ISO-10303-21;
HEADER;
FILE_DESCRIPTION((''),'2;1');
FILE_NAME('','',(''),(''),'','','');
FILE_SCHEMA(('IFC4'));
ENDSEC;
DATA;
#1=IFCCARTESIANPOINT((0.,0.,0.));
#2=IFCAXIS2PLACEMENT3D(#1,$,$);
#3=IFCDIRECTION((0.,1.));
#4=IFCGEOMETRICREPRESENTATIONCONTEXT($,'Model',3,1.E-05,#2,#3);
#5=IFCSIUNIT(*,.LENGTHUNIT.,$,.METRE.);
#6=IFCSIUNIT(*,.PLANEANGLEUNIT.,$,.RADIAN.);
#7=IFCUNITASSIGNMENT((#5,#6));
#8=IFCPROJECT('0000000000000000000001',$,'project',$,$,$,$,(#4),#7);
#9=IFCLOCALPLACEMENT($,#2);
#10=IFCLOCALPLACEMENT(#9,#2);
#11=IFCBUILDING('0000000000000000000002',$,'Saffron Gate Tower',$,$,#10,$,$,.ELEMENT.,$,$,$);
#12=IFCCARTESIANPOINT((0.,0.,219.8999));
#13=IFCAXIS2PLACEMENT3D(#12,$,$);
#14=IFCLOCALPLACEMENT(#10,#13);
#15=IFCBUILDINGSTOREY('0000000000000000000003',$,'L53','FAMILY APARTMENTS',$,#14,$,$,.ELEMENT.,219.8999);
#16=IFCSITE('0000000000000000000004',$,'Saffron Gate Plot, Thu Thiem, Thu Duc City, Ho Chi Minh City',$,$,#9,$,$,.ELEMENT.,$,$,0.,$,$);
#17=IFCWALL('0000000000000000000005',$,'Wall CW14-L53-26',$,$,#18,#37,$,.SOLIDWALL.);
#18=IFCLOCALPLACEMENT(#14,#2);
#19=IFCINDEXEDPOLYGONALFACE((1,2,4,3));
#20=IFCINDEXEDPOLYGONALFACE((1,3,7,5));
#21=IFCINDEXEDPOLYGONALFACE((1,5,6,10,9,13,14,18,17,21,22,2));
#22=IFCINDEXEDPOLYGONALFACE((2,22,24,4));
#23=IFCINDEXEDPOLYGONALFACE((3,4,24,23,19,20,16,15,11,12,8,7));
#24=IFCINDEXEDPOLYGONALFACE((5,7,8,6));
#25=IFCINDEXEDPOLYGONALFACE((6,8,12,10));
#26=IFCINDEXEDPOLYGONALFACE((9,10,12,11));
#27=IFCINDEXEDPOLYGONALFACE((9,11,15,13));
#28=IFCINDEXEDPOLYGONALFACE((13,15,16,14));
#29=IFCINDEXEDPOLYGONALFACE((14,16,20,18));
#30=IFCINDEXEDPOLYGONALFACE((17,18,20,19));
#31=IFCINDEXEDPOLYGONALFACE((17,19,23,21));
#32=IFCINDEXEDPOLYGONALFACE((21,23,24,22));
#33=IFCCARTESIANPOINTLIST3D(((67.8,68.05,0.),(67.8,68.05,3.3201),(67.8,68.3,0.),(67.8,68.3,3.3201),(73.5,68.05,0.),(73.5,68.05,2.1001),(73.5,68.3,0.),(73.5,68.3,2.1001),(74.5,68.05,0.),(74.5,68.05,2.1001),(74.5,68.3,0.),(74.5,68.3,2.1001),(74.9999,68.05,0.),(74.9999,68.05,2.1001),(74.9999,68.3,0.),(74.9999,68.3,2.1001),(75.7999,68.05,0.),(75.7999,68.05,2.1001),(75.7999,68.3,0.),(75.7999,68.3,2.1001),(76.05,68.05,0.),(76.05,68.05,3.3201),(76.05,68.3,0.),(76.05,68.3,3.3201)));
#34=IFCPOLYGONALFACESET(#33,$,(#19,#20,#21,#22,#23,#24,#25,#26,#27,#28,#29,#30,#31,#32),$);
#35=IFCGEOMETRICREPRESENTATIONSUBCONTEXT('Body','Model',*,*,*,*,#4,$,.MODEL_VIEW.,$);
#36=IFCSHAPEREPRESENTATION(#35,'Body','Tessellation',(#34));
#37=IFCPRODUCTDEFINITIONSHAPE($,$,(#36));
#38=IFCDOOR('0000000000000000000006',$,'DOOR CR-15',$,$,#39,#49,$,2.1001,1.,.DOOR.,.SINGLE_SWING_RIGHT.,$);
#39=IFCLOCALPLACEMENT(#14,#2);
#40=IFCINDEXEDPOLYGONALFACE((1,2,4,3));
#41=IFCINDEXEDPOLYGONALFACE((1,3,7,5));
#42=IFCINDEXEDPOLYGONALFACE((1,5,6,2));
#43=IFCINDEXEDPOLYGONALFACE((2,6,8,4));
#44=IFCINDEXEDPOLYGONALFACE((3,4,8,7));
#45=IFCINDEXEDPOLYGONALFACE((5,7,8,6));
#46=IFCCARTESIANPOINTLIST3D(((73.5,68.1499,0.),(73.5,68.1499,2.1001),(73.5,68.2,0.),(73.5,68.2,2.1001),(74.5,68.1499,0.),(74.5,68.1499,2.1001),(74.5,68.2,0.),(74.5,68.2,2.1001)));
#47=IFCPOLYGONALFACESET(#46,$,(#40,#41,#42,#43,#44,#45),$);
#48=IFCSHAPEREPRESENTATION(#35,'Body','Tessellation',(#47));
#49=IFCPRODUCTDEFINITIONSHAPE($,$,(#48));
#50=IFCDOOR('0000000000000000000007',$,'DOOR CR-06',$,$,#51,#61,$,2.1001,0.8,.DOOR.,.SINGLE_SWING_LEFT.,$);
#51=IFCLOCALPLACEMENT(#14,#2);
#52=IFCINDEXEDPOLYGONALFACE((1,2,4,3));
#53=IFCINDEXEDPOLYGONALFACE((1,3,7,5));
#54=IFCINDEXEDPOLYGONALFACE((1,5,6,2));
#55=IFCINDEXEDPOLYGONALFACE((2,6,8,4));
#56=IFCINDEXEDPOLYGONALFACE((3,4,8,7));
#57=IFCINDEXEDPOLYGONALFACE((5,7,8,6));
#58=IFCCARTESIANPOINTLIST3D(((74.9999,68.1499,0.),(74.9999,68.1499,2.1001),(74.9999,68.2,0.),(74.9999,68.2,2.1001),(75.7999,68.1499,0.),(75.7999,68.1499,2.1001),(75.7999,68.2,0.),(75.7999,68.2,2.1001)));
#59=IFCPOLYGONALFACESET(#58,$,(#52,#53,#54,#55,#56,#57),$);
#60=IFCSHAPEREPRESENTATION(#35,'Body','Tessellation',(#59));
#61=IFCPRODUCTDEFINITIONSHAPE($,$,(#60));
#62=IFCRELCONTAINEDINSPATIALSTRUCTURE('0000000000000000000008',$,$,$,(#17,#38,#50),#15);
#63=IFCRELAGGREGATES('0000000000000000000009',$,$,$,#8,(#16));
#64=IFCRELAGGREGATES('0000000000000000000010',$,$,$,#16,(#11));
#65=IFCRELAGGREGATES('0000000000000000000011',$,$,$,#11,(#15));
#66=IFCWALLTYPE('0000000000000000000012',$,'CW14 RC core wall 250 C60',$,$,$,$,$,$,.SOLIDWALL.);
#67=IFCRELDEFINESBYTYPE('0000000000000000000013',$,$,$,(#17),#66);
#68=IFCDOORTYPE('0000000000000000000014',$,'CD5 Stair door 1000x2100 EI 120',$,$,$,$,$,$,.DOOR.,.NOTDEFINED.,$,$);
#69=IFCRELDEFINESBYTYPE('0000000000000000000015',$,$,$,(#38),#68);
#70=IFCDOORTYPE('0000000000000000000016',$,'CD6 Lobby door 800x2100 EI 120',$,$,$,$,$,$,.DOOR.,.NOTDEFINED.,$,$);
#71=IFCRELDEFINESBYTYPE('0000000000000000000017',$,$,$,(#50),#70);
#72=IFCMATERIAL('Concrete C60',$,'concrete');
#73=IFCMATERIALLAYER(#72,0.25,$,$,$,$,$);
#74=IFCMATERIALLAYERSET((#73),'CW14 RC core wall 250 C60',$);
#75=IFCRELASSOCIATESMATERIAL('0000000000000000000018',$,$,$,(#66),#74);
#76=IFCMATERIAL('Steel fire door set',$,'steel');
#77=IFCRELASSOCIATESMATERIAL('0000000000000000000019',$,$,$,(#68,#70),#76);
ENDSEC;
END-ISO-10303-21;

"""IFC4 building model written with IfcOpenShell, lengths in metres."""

from ifc_helpers import new_model, si_unit, direction, frame, frame_2d, origin, place, context, subcontext, project, spatial, rectangle, extrude, material, layer, layer_set, type_object, element, fill, save


model = new_model("IFC4")

# Units and contexts
model_context = context("Model", 3, precision=1e-05, world=origin(), true_north=direction((0.0, 1.0)))
body_context = subcontext(model_context, "Body", "Model", "MODEL_VIEW")
ifc_project = project(units=[si_unit("LENGTHUNIT", "METRE"), si_unit("PLANEANGLEUNIT", "RADIAN")], contexts=[model_context])

# Site, building, storey
site_placement = place(None, origin())
site = spatial("IfcSite", under=ifc_project, at=site_placement, Name="Saffron Gate Plot, Thu Thiem, Thu Duc City, Ho Chi Minh City", CompositionType="ELEMENT", RefElevation=0.0)
building_placement = place(site_placement, origin())
building = spatial("IfcBuilding", under=site, at=building_placement, Name="Saffron Gate Tower", CompositionType="ELEMENT")
storey_placement = place(building_placement, frame((0.0, 0.0, 219.8999)))
storey = spatial("IfcBuildingStorey", under=building, at=storey_placement, Name="L53", Description="FAMILY APARTMENTS", CompositionType="ELEMENT", Elevation=219.8999)

# Wall, openings, doors
ifc_material_1 = material(Name="Concrete C60", Category="concrete")
ifc_layer_1 = layer(ifc_material_1, 0.25)
ifc_layer_set_1 = layer_set([ifc_layer_1], Name="CW14 RC core wall 250 C60")
wall_type_1 = type_object("IfcWallType", Name="CW14 RC core wall 250 C60", PredefinedType="SOLIDWALL", material=ifc_layer_set_1)
wall_1_placement = place(storey_placement, frame((67.8, 68.175, 0.0), z_axis=(0.0, 0.0, 1.0), x_axis=(1.0, 0.0, 0.0)))
wall_1 = element("IfcWall", 1, at=wall_1_placement, inside=storey, type_object=wall_type_1, Name="Wall CW14-L53-26", PredefinedType="SOLIDWALL", context=body_context, shape_type="SweptSolid", body=[
    extrude(rectangle(XDim=8.25, YDim=0.25, at=frame_2d((4.125, 0.0))), origin(), (0.0, 0.0, 1.0), 3.3201),
])
opening_1_placement = place(wall_1_placement, frame((5.7, 0.0, 0.0)))
opening_1 = element("IfcOpeningElement", 2, at=opening_1_placement, cuts=wall_1, PredefinedType="OPENING", context=body_context, shape_type="SweptSolid", body=[
    extrude(rectangle(XDim=1.0, YDim=2.1001, at=frame_2d((0.5, 1.05))), frame((0.0, 0.135, 0.0), z_axis=(0.0, -1.0, 0.0), x_axis=(1.0, 0.0, 0.0)), (0.0, 0.0, 1.0), 0.27),
])
opening_2_placement = place(wall_1_placement, frame((7.2, 0.0, 0.0)))
opening_2 = element("IfcOpeningElement", 3, at=opening_2_placement, cuts=wall_1, PredefinedType="OPENING", context=body_context, shape_type="SweptSolid", body=[
    extrude(rectangle(XDim=0.8, YDim=2.1001, at=frame_2d((0.3999, 1.05))), frame((0.0, 0.135, 0.0), z_axis=(0.0, -1.0, 0.0), x_axis=(1.0, 0.0, 0.0)), (0.0, 0.0, 1.0), 0.27),
])
ifc_material_2 = material(Name="Steel fire door set", Category="steel")
door_type_1 = type_object("IfcDoorType", Name="CD5 Stair door 1000x2100 EI 120", OperationType="NOTDEFINED", PredefinedType="DOOR", material=ifc_material_2)
door_1_placement = place(opening_1_placement, origin())
door_1 = element("IfcDoor", 4, at=door_1_placement, inside=storey, type_object=door_type_1, Name="DOOR CR-15", OperationType="SINGLE_SWING_RIGHT", OverallHeight=2.1001, OverallWidth=1.0, PredefinedType="DOOR", context=body_context, shape_type="SweptSolid", body=[
    extrude(rectangle(XDim=1.0, YDim=2.1001, at=frame_2d((0.5, 1.05))), frame((0.0, 0.0249, 0.0), z_axis=(0.0, -1.0, 0.0), x_axis=(1.0, 0.0, 0.0)), (0.0, 0.0, 1.0), 0.05),
])
fill(opening_1, door_1)
door_type_2 = type_object("IfcDoorType", Name="CD6 Lobby door 800x2100 EI 120", OperationType="NOTDEFINED", PredefinedType="DOOR", material=ifc_material_2)
door_2_placement = place(opening_2_placement, origin())
door_2 = element("IfcDoor", 5, at=door_2_placement, inside=storey, type_object=door_type_2, Name="DOOR CR-06", OperationType="SINGLE_SWING_LEFT", OverallHeight=2.1001, OverallWidth=0.8, PredefinedType="DOOR", context=body_context, shape_type="SweptSolid", body=[
    extrude(rectangle(XDim=0.8, YDim=2.1001, at=frame_2d((0.3999, 1.05))), frame((0.0, 0.0249, 0.0), z_axis=(0.0, -1.0, 0.0), x_axis=(1.0, 0.0, 0.0)), (0.0, 0.0, 1.0), 0.05),
])
fill(opening_2, door_2)

save(model, "model.ifc")
